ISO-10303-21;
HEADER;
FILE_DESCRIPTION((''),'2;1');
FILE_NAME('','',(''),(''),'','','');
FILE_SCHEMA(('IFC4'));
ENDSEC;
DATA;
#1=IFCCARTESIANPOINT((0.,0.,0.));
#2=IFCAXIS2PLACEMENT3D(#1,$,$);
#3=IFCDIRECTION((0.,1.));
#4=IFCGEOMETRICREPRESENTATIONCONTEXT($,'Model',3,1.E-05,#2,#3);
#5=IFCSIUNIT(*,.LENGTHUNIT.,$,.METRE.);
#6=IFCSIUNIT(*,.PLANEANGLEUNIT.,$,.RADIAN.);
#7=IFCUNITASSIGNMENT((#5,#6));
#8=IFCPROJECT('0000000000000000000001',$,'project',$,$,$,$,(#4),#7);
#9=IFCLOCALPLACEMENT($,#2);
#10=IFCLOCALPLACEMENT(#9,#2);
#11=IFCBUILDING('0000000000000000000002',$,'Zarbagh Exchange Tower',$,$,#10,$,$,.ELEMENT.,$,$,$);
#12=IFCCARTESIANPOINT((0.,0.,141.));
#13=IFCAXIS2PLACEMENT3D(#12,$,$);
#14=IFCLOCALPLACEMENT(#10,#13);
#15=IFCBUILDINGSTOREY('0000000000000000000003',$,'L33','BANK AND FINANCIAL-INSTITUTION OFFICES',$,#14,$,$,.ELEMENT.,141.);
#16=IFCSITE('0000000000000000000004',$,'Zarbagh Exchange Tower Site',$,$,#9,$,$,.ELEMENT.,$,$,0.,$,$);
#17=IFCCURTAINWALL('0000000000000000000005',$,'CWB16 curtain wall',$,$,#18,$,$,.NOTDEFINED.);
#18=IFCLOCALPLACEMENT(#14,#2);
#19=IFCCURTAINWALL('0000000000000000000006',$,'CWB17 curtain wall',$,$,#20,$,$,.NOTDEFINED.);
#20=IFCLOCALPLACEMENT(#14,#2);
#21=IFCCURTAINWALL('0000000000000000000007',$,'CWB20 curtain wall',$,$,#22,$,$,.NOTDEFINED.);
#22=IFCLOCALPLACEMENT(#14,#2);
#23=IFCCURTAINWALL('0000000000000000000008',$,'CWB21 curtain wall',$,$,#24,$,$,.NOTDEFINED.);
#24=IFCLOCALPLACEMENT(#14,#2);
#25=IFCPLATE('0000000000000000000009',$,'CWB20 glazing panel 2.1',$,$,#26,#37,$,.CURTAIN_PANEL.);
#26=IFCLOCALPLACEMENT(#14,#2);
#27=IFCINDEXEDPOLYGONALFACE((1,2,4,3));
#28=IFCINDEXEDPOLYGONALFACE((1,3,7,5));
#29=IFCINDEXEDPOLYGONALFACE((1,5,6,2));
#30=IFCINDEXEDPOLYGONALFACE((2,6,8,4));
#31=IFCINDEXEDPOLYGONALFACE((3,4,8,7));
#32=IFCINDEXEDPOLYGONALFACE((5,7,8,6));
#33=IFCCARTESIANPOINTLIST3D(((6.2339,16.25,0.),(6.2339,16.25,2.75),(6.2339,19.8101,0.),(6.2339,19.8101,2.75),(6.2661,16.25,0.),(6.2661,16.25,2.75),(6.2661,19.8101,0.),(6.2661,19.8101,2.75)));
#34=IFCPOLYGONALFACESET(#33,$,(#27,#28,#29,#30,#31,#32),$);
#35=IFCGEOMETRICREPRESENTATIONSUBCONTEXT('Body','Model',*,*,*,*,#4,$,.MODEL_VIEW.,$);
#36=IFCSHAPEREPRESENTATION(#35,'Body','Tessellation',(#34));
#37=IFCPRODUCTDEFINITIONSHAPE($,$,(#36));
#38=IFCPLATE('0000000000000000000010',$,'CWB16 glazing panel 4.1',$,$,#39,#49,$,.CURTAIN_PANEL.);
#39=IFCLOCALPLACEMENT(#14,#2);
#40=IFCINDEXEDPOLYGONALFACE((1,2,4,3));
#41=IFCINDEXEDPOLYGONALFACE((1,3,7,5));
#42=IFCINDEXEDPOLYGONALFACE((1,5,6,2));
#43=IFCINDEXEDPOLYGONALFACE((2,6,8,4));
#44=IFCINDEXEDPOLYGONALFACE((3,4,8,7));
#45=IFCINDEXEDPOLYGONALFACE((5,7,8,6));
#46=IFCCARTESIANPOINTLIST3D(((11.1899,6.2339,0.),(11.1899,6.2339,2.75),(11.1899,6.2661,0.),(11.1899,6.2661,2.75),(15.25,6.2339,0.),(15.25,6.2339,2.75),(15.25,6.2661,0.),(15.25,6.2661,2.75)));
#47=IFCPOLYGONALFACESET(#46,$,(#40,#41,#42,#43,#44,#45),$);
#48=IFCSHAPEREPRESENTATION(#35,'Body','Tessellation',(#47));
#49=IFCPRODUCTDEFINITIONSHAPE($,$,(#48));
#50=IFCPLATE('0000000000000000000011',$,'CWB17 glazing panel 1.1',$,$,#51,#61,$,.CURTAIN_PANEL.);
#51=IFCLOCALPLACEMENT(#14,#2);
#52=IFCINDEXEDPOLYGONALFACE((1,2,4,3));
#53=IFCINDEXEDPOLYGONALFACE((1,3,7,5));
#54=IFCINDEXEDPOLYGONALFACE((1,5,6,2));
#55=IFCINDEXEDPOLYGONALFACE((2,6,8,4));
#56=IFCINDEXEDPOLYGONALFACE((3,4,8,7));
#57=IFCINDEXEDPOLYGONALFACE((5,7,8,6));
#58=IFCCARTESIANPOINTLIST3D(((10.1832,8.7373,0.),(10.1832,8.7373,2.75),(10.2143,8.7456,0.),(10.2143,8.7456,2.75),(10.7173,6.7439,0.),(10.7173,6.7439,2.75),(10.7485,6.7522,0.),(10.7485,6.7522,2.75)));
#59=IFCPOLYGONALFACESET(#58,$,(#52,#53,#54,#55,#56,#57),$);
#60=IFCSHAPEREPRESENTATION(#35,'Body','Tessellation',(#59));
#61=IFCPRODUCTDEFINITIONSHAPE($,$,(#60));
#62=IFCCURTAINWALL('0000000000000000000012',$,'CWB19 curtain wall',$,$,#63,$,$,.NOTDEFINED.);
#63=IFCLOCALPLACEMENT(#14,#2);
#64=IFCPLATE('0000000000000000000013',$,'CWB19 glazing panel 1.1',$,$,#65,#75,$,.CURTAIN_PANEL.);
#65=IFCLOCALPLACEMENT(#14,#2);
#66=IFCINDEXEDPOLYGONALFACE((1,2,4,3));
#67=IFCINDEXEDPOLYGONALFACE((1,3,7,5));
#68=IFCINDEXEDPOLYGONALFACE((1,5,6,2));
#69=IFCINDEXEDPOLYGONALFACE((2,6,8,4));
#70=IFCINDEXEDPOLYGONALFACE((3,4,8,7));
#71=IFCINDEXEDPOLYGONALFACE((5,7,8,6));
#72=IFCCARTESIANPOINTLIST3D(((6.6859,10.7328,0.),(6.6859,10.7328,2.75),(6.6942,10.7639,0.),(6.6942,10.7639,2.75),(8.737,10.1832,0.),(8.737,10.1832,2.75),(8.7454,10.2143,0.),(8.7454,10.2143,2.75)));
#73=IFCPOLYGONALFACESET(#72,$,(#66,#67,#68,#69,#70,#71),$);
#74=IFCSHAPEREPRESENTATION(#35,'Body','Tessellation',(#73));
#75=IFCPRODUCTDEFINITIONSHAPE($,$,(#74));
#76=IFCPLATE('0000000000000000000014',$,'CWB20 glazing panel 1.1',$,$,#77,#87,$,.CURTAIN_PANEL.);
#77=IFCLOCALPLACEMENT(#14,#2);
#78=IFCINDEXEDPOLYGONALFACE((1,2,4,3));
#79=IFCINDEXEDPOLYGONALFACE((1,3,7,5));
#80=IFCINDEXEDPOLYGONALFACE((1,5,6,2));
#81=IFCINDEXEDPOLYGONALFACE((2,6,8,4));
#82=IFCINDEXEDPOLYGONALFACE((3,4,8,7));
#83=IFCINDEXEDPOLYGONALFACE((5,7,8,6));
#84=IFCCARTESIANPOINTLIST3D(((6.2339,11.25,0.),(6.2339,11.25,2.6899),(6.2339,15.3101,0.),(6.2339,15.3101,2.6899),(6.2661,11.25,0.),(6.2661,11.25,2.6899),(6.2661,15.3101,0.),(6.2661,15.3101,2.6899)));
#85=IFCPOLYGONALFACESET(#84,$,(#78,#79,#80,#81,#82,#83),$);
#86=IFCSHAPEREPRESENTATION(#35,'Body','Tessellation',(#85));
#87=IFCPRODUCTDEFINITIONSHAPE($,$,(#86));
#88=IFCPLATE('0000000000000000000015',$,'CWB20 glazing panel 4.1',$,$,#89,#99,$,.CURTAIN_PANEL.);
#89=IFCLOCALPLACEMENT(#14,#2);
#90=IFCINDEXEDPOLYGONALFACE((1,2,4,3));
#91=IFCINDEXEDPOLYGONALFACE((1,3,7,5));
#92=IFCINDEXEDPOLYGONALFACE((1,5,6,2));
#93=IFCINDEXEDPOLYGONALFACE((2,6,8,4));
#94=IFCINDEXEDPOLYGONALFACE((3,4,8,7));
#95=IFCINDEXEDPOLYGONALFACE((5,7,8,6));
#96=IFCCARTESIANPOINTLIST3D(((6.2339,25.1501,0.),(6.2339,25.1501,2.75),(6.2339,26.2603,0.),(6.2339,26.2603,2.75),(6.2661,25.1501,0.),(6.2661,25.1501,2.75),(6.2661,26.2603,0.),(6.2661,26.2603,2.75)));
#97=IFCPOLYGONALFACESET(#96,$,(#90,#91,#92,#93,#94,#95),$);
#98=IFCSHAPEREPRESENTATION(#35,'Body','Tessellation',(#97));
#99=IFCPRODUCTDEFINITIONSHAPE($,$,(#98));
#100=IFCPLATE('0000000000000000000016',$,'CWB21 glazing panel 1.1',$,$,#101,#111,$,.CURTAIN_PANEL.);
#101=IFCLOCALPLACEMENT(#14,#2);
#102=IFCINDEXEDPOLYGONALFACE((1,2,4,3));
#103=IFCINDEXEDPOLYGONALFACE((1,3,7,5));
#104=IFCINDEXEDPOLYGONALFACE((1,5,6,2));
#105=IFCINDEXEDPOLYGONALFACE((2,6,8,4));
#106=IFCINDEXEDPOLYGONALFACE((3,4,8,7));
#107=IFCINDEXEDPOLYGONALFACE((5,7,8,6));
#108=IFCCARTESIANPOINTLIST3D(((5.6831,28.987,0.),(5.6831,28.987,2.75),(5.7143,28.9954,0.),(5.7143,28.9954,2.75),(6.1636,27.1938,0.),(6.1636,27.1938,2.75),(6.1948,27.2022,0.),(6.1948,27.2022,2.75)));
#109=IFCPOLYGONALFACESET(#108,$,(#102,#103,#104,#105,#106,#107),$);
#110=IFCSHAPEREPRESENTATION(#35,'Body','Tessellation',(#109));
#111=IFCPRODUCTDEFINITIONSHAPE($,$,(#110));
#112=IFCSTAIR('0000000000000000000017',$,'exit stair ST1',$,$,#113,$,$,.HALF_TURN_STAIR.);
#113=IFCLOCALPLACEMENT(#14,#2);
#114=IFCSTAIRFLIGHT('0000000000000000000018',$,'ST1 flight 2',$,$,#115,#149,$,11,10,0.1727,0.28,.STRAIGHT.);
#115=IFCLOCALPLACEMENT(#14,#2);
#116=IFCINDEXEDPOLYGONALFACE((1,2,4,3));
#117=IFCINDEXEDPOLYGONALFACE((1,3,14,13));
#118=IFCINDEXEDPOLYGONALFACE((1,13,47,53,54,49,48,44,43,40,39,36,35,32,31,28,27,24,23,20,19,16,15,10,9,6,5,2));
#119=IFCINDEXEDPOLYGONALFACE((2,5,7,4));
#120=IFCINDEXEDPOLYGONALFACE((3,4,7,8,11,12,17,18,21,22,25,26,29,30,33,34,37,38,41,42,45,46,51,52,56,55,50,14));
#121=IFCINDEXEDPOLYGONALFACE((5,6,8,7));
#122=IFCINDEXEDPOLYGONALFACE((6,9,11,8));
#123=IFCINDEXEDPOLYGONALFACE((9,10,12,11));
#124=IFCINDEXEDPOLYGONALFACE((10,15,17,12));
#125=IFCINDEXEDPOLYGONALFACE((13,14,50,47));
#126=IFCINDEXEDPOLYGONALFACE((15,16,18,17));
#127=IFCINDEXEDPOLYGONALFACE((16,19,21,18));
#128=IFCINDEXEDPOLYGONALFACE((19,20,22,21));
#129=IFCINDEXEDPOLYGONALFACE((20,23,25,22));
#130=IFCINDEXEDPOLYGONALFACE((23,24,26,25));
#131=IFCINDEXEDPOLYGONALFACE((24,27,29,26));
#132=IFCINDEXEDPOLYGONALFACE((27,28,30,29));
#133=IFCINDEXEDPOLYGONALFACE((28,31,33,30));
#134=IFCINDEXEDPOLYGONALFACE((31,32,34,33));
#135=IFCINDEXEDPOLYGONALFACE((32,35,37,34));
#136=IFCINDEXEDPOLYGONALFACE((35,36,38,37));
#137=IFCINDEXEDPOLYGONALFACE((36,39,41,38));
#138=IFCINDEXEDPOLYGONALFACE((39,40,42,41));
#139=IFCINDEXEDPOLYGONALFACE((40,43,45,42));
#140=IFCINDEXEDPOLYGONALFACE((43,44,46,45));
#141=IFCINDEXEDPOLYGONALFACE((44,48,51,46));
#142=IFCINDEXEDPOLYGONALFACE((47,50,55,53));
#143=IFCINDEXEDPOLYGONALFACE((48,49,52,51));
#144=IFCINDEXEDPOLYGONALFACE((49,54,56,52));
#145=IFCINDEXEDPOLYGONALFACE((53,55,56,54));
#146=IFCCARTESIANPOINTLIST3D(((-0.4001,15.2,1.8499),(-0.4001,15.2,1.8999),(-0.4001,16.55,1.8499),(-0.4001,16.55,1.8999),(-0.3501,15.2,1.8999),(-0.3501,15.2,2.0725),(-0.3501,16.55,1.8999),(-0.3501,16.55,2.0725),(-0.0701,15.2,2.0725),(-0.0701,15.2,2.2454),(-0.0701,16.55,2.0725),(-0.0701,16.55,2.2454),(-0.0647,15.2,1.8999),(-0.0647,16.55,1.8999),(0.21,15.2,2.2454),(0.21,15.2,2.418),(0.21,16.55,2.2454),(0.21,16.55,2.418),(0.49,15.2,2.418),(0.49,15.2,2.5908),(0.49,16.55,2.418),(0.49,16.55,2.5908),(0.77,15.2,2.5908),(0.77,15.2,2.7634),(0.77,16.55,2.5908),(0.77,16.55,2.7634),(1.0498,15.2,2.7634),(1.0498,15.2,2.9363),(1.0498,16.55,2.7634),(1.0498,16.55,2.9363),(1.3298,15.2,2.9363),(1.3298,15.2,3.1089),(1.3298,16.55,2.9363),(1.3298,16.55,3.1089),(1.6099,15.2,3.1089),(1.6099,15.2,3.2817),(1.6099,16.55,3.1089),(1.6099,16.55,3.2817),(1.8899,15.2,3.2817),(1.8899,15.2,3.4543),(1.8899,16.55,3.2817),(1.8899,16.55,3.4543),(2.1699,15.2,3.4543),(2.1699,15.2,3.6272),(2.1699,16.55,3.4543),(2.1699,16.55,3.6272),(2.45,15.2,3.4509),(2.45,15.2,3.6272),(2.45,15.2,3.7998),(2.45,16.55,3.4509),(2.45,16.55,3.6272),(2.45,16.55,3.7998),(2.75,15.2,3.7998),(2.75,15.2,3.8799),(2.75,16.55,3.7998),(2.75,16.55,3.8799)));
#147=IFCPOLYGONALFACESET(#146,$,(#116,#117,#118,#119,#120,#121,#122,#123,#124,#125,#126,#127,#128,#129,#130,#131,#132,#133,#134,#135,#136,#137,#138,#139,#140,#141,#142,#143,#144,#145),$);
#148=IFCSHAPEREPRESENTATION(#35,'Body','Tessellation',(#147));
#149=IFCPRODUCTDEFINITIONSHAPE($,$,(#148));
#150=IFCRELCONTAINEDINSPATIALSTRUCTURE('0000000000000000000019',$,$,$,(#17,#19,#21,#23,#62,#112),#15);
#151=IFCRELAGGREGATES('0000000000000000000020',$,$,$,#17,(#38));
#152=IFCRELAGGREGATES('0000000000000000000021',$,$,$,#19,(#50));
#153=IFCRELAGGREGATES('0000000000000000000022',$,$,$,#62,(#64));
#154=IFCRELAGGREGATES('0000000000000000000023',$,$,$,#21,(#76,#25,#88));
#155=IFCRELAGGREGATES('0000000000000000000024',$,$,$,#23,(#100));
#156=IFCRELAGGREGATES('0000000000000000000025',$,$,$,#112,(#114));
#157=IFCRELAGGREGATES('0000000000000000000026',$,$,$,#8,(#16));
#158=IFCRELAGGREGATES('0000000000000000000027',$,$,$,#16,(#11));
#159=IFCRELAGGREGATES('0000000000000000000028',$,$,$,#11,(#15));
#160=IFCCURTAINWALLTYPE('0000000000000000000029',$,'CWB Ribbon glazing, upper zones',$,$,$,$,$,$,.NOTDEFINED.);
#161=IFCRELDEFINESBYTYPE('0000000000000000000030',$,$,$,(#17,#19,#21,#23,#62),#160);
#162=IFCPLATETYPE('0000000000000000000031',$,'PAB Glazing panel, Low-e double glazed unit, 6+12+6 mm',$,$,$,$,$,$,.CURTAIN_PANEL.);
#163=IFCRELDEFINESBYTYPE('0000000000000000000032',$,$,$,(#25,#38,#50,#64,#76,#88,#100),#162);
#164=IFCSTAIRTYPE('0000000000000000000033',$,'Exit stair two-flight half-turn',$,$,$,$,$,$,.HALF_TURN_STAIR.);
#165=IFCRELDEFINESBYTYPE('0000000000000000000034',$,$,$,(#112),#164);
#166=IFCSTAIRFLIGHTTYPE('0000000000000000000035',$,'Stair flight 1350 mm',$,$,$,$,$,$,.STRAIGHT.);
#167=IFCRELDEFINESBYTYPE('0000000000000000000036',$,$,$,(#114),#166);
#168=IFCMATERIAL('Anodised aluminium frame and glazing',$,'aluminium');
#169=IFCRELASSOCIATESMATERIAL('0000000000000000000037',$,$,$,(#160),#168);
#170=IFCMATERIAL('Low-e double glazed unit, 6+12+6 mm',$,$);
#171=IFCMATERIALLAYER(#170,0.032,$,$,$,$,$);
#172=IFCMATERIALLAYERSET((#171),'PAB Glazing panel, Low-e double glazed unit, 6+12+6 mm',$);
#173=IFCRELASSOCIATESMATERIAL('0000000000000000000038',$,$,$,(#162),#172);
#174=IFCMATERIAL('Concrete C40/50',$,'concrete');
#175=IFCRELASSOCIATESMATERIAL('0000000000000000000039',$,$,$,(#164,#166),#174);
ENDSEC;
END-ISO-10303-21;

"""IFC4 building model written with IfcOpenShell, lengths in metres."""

from ifc_helpers import new_model, si_unit, direction, frame, origin, place, context, subcontext, project, spatial, polyline, outline, extrude, source, transform, mapped, material, layer, layer_set, type_object, element, aggregate, save


model = new_model("IFC4")

# Units and contexts
model_context = context("Model", 3, precision=1e-05, world=origin(), true_north=direction((0.0, 1.0)))
body_context = subcontext(model_context, "Body", "Model", "MODEL_VIEW")
ifc_project = project(units=[si_unit("LENGTHUNIT", "METRE"), si_unit("PLANEANGLEUNIT", "RADIAN")], contexts=[model_context])

# Site, building, storey
site_placement = place(None, origin())
site = spatial("IfcSite", under=ifc_project, at=site_placement, Name="Zarbagh Exchange Tower Site", CompositionType="ELEMENT", RefElevation=0.0)
building_placement = place(site_placement, origin())
building = spatial("IfcBuilding", under=site, at=building_placement, Name="Zarbagh Exchange Tower", CompositionType="ELEMENT")
storey_placement = place(building_placement, frame((0.0, 0.0, 141.0)))
storey = spatial("IfcBuildingStorey", under=building, at=storey_placement, Name="L33", Description="BANK AND FINANCIAL-INSTITUTION OFFICES", CompositionType="ELEMENT", Elevation=141.0)

# Curtain wall
ifc_material_1 = material(Name="Anodised aluminium frame and glazing", Category="aluminium")
curtain_wall_type = type_object("IfcCurtainWallType", Name="CWB Ribbon glazing, upper zones", PredefinedType="NOTDEFINED", material=ifc_material_1)
curtain_wall_1_placement = place(storey_placement, origin())
curtain_wall_1 = element("IfcCurtainWall", 1, at=curtain_wall_1_placement, inside=storey, type_object=curtain_wall_type, Name="CWB16 curtain wall", PredefinedType="NOTDEFINED")
placement = place(storey_placement, origin())

# Curtain wall
curtain_wall_2_placement = place(storey_placement, origin())
curtain_wall_2 = element("IfcCurtainWall", 2, at=curtain_wall_2_placement, inside=storey, type_object=curtain_wall_type, Name="CWB17 curtain wall", PredefinedType="NOTDEFINED")

# Curtain wall
curtain_wall_3_placement = place(storey_placement, origin())
curtain_wall_3 = element("IfcCurtainWall", 3, at=curtain_wall_3_placement, inside=storey, type_object=curtain_wall_type, Name="CWB20 curtain wall", PredefinedType="NOTDEFINED")

# Curtain wall
curtain_wall_4_placement = place(storey_placement, origin())
curtain_wall_4 = element("IfcCurtainWall", 4, at=curtain_wall_4_placement, inside=storey, type_object=curtain_wall_type, Name="CWB21 curtain wall", PredefinedType="NOTDEFINED")

# Shared definitions
ifc_material_2 = material(Name="Low-e double glazed unit, 6+12+6 mm")
ifc_layer = layer(ifc_material_2, 0.032)
ifc_layer_set = layer_set([ifc_layer], Name="PAB Glazing panel, Low-e double glazed unit, 6+12+6 mm")
plate_type = type_object("IfcPlateType", Name="PAB Glazing panel, Low-e double glazed unit, 6+12+6 mm", PredefinedType="CURTAIN_PANEL", material=ifc_layer_set)

# Plates
shared_shape_1 = source(origin(), body_context, "Body", "SweptSolid", [
    extrude(outline(polyline([(0.0, -0.0161), (3.5601, -0.0161), (3.5601, 0.0161), (0.0, 0.0161), (0.0, -0.0161)])), origin(), (0.0, 0.0, 1.0), 2.75),
])
plate_1 = element("IfcPlate", 5, at=placement, type_object=plate_type, Name="CWB20 glazing panel 2.1", PredefinedType="CURTAIN_PANEL", context=body_context, shape_type="MappedRepresentation", body=[
    mapped(shared_shape_1, transform((6.25, 16.25, 0.0), x_axis=(0.0, 1.0, 0.0), y_axis=(-1.0, 0.0, 0.0), z_axis=(0.0, 0.0, 1.0))),
])
shared_shape_2 = source(origin(), body_context, "Body", "SweptSolid", [
    extrude(outline(polyline([(0.0, -0.0161), (4.0601, -0.0161), (4.0601, 0.0161), (0.0, 0.0161), (0.0, -0.0161)])), origin(), (0.0, 0.0, 1.0), 2.75),
])
plate_2 = element("IfcPlate", 6, at=placement, type_object=plate_type, Name="CWB16 glazing panel 4.1", PredefinedType="CURTAIN_PANEL", context=body_context, shape_type="MappedRepresentation", body=[
    mapped(shared_shape_2, transform((15.25, 6.25, 0.0), x_axis=(-1.0, 0.0, 0.0), y_axis=(0.0, -1.0, 0.0), z_axis=(0.0, 0.0, 1.0))),
])
aggregate(curtain_wall_1, [plate_2])
shared_shape_3 = source(origin(), body_context, "Body", "SweptSolid", [
    extrude(outline(polyline([(0.0, -0.0161), (2.0637, -0.0161), (2.0637, 0.0161), (0.0, 0.0161), (0.0, -0.0161)])), origin(), (0.0, 0.0, 1.0), 2.75),
])
plate_3 = element("IfcPlate", 7, at=placement, type_object=plate_type, Name="CWB17 glazing panel 1.1", PredefinedType="CURTAIN_PANEL", context=body_context, shape_type="MappedRepresentation", body=[
    mapped(shared_shape_3, transform((10.7329, 6.748, 0.0), x_axis=(-0.258825, 0.965924, 0.0), y_axis=(-0.965924, -0.258825, 0.0), z_axis=(0.0, 0.0, 1.0))),
])
aggregate(curtain_wall_2, [plate_3])

# Curtain wall, plate
curtain_wall_5_placement = place(storey_placement, origin())
curtain_wall_5 = element("IfcCurtainWall", 8, at=curtain_wall_5_placement, inside=storey, type_object=curtain_wall_type, Name="CWB19 curtain wall", PredefinedType="NOTDEFINED")
shared_shape_4 = source(origin(), body_context, "Body", "SweptSolid", [
    extrude(outline(polyline([(0.0, -0.0161), (2.1235, -0.0161), (2.1235, 0.0161), (0.0, 0.0161), (0.0, -0.0161)])), origin(), (0.0, 0.0, 1.0), 2.75),
])
plate_4 = element("IfcPlate", 9, at=placement, type_object=plate_type, Name="CWB19 glazing panel 1.1", PredefinedType="CURTAIN_PANEL", context=body_context, shape_type="MappedRepresentation", body=[
    mapped(shared_shape_4, transform((8.7412, 10.1987, 0.0), x_axis=(-0.965924, 0.258825, 0.0), y_axis=(-0.258825, -0.965924, 0.0), z_axis=(0.0, 0.0, 1.0))),
])
aggregate(curtain_wall_5, [plate_4])

# Plates
shared_shape_5 = source(origin(), body_context, "Body", "SweptSolid", [
    extrude(outline(polyline([(0.0, -0.0161), (4.0601, -0.0161), (4.0601, 0.0161), (0.0, 0.0161), (0.0, -0.0161)])), origin(), (0.0, 0.0, 1.0), 2.6899),
])
plate_5 = element("IfcPlate", 10, at=placement, type_object=plate_type, Name="CWB20 glazing panel 1.1", PredefinedType="CURTAIN_PANEL", context=body_context, shape_type="MappedRepresentation", body=[
    mapped(shared_shape_5, transform((6.25, 11.25, 0.0), x_axis=(0.0, 1.0, 0.0), y_axis=(-1.0, 0.0, 0.0), z_axis=(0.0, 0.0, 1.0))),
])
shared_shape_6 = source(origin(), body_context, "Body", "SweptSolid", [
    extrude(outline(polyline([(0.0, -0.0161), (1.1101, -0.0161), (1.1101, 0.0161), (0.0, 0.0161), (0.0, -0.0161)])), origin(), (0.0, 0.0, 1.0), 2.75),
])
plate_6 = element("IfcPlate", 11, at=placement, type_object=plate_type, Name="CWB20 glazing panel 4.1", PredefinedType="CURTAIN_PANEL", context=body_context, shape_type="MappedRepresentation", body=[
    mapped(shared_shape_6, transform((6.25, 25.1501, 0.0), x_axis=(0.0, 1.0, 0.0), y_axis=(-1.0, 0.0, 0.0), z_axis=(0.0, 0.0, 1.0))),
])
aggregate(curtain_wall_3, [plate_5, plate_1, plate_6])
shared_shape_7 = source(origin(), body_context, "Body", "SweptSolid", [
    extrude(outline(polyline([(0.0, -0.0161), (1.8564, -0.0161), (1.8564, 0.0161), (0.0, 0.0161), (0.0, -0.0161)])), origin(), (0.0, 0.0, 1.0), 2.75),
])
plate_7 = element("IfcPlate", 12, at=placement, type_object=plate_type, Name="CWB21 glazing panel 1.1", PredefinedType="CURTAIN_PANEL", context=body_context, shape_type="MappedRepresentation", body=[
    mapped(shared_shape_7, transform((6.1792, 27.198, 0.0), x_axis=(-0.258825, 0.965924, 0.0), y_axis=(-0.965924, -0.258825, 0.0), z_axis=(0.0, 0.0, 1.0))),
])
aggregate(curtain_wall_4, [plate_7])

# Stair, stair flight
ifc_material_3 = material(Name="Concrete C40/50", Category="concrete")
stair_type = type_object("IfcStairType", Name="Exit stair two-flight half-turn", PredefinedType="HALF_TURN_STAIR", material=ifc_material_3)
stair_placement = place(storey_placement, origin())
stair = element("IfcStair", 13, at=stair_placement, inside=storey, type_object=stair_type, Name="exit stair ST1", PredefinedType="HALF_TURN_STAIR")
stair_flight_type = type_object("IfcStairFlightType", Name="Stair flight 1350 mm", PredefinedType="STRAIGHT", material=ifc_material_3)
stair_flight_placement = place(storey_placement, frame((-0.3501, 15.875, 1.8999), z_axis=(0.0, 0.0, 1.0), x_axis=(1.0, 0.0, 0.0)))
stair_flight = element("IfcStairFlight", 14, at=stair_flight_placement, type_object=stair_flight_type, Name="ST1 flight 2", NumberOfRisers=11, NumberOfTreads=10, PredefinedType="STRAIGHT", RiserHeight=0.1727, TreadLength=0.28, context=body_context, shape_type="SweptSolid", body=[
    extrude(outline(polyline([(-0.05, -0.05), (-0.05, 0.0), (0.0, 0.0), (0.0, 0.1726), (0.28, 0.1726), (0.28, 0.3455), (0.5601, 0.3455), (0.5601, 0.5181), (0.8401, 0.5181), (0.8401, 0.6909), (1.1201, 0.6909), (1.1201, 0.8635), (1.3999, 0.8635), (1.3999, 1.0364), (1.6799, 1.0364), (1.6799, 1.209), (1.96, 1.209), (1.96, 1.3818), (2.24, 1.3818), (2.24, 1.5544), (2.52, 1.5544), (2.52, 1.7273), (2.8, 1.7273), (2.8, 1.8999), (3.1001, 1.98), (3.1001, 1.8999), (2.8, 1.551), (0.2854, 0.0), (-0.05, -0.05)])), frame((0.0, 0.675, 0.0), z_axis=(0.0, -1.0, 0.0), x_axis=(1.0, 0.0, 0.0)), (0.0, 0.0, 1.0), 1.3501),
])
aggregate(stair, [stair_flight])

save(model, "model.ifc")
